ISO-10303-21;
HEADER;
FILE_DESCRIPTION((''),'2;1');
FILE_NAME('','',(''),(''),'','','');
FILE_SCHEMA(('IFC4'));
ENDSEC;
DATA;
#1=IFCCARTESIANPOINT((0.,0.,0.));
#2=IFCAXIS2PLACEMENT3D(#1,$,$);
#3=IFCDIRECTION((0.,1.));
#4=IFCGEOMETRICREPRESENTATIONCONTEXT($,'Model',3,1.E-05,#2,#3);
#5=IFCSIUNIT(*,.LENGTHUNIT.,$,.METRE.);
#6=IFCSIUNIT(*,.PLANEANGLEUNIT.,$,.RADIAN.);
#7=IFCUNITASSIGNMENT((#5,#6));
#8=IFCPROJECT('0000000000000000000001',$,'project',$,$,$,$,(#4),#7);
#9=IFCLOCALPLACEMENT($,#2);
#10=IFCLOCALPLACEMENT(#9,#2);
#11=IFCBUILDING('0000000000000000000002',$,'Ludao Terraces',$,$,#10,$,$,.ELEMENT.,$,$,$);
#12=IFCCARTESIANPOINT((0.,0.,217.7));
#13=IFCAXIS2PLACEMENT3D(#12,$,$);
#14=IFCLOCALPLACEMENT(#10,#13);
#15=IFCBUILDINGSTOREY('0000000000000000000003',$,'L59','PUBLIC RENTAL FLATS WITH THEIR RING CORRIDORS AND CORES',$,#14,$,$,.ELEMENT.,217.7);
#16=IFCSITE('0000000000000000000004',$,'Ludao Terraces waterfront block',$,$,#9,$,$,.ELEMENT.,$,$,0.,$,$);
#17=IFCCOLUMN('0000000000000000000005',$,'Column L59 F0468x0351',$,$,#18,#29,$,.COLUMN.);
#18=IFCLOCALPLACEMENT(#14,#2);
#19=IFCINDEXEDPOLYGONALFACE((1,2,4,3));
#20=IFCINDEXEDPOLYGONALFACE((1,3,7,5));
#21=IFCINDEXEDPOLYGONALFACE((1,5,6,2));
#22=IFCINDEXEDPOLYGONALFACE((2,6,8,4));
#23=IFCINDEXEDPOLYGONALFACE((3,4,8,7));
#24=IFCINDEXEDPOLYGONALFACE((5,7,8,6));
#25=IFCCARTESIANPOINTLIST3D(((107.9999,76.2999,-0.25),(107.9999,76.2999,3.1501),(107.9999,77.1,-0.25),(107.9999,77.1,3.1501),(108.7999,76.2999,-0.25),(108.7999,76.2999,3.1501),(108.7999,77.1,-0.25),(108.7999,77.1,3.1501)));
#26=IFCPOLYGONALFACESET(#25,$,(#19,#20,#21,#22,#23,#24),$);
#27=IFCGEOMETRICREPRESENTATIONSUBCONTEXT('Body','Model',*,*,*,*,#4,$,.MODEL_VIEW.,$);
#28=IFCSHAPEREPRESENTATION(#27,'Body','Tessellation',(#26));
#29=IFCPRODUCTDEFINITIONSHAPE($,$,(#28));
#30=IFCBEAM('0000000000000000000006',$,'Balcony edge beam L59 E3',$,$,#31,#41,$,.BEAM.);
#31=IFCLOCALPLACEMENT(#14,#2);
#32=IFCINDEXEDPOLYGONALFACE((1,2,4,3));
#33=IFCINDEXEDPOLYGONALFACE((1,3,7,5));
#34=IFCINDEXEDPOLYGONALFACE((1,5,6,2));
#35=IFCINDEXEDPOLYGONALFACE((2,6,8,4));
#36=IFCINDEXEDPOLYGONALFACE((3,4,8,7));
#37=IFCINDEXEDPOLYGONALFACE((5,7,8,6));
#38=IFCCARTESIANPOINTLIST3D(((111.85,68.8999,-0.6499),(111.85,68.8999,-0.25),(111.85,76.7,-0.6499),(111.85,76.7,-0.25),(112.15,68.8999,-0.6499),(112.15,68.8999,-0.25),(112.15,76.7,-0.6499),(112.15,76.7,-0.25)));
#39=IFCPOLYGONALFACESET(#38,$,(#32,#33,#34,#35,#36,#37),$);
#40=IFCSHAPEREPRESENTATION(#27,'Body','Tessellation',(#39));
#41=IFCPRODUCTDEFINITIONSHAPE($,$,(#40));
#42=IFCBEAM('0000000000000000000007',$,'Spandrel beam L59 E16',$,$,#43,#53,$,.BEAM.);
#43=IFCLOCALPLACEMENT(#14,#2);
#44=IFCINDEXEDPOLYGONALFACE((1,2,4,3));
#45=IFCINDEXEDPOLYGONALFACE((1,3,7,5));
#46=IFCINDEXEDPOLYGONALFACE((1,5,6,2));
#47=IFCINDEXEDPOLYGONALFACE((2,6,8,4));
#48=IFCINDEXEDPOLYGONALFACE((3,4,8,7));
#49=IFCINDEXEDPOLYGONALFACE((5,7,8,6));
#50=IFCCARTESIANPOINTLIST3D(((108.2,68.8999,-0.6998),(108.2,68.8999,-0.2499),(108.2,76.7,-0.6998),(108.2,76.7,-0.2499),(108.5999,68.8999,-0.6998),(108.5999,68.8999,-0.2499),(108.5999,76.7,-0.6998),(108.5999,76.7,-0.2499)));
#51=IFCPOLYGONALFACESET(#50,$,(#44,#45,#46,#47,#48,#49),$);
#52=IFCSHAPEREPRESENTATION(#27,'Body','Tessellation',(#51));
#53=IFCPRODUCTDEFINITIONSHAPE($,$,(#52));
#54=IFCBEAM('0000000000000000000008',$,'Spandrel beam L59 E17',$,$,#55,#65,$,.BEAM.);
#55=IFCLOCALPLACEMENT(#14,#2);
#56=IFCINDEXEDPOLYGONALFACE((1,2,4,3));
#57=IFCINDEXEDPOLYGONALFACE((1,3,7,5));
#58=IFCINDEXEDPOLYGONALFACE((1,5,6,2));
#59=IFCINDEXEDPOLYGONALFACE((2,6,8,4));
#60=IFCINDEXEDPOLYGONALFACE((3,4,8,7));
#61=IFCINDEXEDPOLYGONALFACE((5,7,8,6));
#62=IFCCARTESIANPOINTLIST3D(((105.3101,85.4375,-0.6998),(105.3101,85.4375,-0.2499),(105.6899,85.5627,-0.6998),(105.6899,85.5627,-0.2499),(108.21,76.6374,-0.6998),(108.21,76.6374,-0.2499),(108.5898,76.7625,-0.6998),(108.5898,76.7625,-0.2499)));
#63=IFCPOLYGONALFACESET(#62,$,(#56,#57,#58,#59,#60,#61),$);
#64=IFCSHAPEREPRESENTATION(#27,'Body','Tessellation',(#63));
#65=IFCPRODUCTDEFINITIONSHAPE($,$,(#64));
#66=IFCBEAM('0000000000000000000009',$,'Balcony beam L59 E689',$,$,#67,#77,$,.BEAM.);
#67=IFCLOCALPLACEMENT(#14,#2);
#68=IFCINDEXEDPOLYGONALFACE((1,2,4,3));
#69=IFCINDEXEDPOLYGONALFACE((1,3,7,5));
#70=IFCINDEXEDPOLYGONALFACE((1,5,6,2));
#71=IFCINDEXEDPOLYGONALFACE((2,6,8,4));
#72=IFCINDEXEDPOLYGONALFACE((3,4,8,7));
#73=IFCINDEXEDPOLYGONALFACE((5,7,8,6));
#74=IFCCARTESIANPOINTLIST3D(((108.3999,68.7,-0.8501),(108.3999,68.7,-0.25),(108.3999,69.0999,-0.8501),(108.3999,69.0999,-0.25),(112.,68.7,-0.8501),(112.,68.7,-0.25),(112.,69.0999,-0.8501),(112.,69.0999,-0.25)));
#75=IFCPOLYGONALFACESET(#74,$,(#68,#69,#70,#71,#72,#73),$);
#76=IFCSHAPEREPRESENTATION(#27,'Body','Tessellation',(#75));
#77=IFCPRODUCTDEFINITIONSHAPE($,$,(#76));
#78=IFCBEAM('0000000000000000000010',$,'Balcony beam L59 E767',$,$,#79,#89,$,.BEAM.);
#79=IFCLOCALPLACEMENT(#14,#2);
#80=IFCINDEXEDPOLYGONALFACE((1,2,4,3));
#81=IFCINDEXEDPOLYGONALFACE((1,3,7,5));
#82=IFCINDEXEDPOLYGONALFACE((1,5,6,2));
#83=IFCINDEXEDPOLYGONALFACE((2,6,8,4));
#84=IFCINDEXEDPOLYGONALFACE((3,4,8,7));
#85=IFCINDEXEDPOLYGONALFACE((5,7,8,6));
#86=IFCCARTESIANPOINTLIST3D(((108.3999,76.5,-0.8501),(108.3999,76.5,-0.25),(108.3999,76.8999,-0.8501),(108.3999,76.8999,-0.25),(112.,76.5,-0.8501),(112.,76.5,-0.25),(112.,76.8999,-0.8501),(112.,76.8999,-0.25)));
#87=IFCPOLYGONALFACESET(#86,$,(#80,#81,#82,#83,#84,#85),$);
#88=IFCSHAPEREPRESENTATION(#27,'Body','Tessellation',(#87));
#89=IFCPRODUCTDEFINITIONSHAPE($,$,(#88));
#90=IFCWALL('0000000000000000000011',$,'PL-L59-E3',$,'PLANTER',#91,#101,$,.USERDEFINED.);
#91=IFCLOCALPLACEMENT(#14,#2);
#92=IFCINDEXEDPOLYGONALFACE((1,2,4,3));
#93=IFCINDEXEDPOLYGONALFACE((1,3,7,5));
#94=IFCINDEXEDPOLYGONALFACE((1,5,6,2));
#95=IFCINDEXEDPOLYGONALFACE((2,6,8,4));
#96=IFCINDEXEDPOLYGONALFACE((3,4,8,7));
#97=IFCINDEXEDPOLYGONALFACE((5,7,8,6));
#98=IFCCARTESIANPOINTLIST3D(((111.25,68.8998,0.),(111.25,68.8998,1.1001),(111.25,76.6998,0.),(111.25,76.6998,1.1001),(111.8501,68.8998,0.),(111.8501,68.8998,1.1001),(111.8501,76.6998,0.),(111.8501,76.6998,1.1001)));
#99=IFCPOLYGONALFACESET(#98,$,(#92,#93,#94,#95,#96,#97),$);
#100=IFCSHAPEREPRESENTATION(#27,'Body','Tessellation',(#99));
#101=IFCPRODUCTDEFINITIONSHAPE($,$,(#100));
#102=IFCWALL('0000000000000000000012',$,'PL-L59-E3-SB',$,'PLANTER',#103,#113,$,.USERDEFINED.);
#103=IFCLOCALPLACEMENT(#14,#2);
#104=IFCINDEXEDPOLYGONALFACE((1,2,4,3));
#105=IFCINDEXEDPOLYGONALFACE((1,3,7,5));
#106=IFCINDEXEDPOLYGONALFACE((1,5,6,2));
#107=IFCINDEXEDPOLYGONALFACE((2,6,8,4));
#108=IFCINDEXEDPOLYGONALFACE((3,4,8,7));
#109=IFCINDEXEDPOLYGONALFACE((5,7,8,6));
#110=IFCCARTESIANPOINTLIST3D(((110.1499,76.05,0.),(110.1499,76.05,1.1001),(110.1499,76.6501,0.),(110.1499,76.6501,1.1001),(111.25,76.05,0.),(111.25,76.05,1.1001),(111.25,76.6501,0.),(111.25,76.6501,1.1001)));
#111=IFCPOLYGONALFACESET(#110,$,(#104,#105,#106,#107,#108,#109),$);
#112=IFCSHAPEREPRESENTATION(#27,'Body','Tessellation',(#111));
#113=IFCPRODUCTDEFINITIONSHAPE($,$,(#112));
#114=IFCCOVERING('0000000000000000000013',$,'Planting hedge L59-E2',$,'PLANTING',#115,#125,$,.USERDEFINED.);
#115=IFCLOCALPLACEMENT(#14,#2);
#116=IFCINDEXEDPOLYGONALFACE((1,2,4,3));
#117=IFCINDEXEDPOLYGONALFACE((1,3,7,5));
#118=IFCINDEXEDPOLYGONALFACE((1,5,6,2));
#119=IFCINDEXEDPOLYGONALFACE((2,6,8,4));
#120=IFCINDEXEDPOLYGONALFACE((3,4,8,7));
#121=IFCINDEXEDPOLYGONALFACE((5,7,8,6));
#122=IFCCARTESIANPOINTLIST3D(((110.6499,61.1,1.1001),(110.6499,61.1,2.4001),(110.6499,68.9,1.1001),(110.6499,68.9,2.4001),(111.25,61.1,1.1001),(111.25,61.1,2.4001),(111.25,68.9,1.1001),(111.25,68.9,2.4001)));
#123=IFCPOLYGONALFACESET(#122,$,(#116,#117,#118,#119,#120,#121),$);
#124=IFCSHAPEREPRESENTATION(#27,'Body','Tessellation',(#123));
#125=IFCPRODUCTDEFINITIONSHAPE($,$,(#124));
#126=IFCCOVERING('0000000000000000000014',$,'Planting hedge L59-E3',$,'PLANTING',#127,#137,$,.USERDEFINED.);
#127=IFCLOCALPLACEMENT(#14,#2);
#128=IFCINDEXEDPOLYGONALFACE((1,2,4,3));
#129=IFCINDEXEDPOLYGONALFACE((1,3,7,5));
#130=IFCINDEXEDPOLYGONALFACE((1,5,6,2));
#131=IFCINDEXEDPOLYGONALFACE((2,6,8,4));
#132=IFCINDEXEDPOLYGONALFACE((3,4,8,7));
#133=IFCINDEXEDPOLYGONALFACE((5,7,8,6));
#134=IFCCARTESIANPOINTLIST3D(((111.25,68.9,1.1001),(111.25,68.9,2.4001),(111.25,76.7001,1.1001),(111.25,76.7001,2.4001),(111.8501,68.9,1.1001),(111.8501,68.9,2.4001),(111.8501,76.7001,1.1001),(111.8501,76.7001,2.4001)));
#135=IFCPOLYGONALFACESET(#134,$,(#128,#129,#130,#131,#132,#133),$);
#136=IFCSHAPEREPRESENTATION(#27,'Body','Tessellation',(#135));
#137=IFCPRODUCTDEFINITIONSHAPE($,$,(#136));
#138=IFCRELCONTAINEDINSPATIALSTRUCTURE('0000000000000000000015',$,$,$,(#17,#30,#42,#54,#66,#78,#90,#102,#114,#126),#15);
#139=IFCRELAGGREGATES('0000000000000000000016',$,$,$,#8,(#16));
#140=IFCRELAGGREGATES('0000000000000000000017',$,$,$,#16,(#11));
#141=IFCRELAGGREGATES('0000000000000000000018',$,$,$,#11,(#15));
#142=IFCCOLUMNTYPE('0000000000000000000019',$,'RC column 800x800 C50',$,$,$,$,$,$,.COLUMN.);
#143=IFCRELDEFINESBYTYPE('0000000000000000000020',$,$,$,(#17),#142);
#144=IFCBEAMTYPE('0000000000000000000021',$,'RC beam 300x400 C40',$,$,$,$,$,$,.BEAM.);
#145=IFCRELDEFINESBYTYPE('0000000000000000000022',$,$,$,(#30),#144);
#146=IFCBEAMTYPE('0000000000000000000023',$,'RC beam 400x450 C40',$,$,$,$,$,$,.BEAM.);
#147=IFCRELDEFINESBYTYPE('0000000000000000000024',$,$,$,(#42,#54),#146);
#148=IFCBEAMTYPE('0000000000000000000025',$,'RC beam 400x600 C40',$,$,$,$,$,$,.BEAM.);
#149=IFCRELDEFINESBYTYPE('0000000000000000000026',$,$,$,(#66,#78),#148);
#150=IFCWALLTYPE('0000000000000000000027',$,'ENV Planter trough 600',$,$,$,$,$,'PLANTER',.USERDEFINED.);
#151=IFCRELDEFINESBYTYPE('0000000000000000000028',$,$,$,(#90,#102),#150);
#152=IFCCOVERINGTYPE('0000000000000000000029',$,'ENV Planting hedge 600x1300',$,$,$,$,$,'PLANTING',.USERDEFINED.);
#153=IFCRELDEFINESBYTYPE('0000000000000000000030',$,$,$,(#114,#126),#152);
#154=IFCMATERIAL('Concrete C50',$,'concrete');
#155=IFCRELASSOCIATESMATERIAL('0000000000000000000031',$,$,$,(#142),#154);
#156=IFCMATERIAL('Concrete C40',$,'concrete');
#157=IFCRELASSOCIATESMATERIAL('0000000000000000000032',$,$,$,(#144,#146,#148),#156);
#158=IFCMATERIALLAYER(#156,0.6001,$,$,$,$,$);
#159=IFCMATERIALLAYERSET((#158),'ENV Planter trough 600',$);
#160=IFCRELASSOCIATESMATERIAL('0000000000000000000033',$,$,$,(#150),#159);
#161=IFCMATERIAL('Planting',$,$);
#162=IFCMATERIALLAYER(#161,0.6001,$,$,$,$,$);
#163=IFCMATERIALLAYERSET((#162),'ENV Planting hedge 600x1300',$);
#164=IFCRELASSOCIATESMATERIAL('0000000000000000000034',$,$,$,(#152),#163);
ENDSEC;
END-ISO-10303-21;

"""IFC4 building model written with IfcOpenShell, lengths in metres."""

from ifc_helpers import new_model, si_unit, direction, frame, frame_2d, origin, origin_2d, place, context, subcontext, project, spatial, rectangle, extrude, material, layer, layer_set, material_profile, profile_set, type_object, element, save


model = new_model("IFC4")

# Units and contexts
model_context = context("Model", 3, precision=1e-05, world=origin(), true_north=direction((0.0, 1.0)))
body_context = subcontext(model_context, "Body", "Model", "MODEL_VIEW")
ifc_project = project(units=[si_unit("LENGTHUNIT", "METRE"), si_unit("PLANEANGLEUNIT", "RADIAN")], contexts=[model_context])

# Site, building, storey
site_placement = place(None, origin())
site = spatial("IfcSite", under=ifc_project, at=site_placement, Name="Ludao Terraces waterfront block", CompositionType="ELEMENT", RefElevation=0.0)
building_placement = place(site_placement, origin())
building = spatial("IfcBuilding", under=site, at=building_placement, Name="Ludao Terraces", CompositionType="ELEMENT")
storey_placement = place(building_placement, frame((0.0, 0.0, 217.7)))
storey = spatial("IfcBuildingStorey", under=building, at=storey_placement, Name="L59", Description="PUBLIC RENTAL FLATS WITH THEIR RING CORRIDORS AND CORES", CompositionType="ELEMENT", Elevation=217.7)

# Column
ifc_material_1 = material(Name="Concrete C50", Category="concrete")
ifc_material_profile_1 = material_profile(ifc_material_1, rectangle(XDim=0.8, YDim=0.8, at=origin_2d()), Name="800 X 800")
ifc_profile_set_1 = profile_set([ifc_material_profile_1], Name="Concrete C50")
column_type = type_object("IfcColumnType", Name="RC column 800x800 C50", PredefinedType="COLUMN", material=ifc_profile_set_1)
column_placement = place(storey_placement, frame((108.3999, 76.7, -0.25), z_axis=(0.0, 0.0, 1.0), x_axis=(1.0, 0.0, 0.0)))
element("IfcColumn", 1, at=column_placement, inside=storey, type_object=column_type, Name="Column L59 F0468x0351", PredefinedType="COLUMN", context=body_context, shape_type="SweptSolid", body=[
    extrude(rectangle(XDim=0.8, YDim=0.8, at=origin_2d()), origin(), (0.0, 0.0, 1.0), 3.4001),
])

# Beams
ifc_material_2 = material(Name="Concrete C40", Category="concrete")
ifc_material_profile_2 = material_profile(ifc_material_2, rectangle(XDim=0.3, YDim=0.3999, at=origin_2d()), Name="300 X 400")
ifc_profile_set_2 = profile_set([ifc_material_profile_2], Name="Concrete C40")
beam_type_1 = type_object("IfcBeamType", Name="RC beam 300x400 C40", PredefinedType="BEAM", material=ifc_profile_set_2)
beam_1_placement = place(storey_placement, frame((112.0, 68.8999, -0.45), z_axis=(0.0, 1.0, 0.0), x_axis=(-1.0, 0.0, 0.0)))
element("IfcBeam", 2, at=beam_1_placement, inside=storey, type_object=beam_type_1, Name="Balcony edge beam L59 E3", PredefinedType="BEAM", context=body_context, shape_type="SweptSolid", body=[
    extrude(rectangle(XDim=0.3, YDim=0.3999, at=origin_2d()), origin(), (0.0, 0.0, 1.0), 7.8),
])
ifc_material_profile_3 = material_profile(ifc_material_2, rectangle(XDim=0.3999, YDim=0.45, at=origin_2d()), Name="400 X 450")
ifc_profile_set_3 = profile_set([ifc_material_profile_3], Name="Concrete C40")
beam_type_2 = type_object("IfcBeamType", Name="RC beam 400x450 C40", PredefinedType="BEAM", material=ifc_profile_set_3)
beam_2_placement = place(storey_placement, frame((108.3999, 68.8999, -0.4749), z_axis=(0.0, 1.0, 0.0), x_axis=(-1.0, 0.0, 0.0)))
element("IfcBeam", 3, at=beam_2_placement, inside=storey, type_object=beam_type_2, Name="Spandrel beam L59 E16", PredefinedType="BEAM", context=body_context, shape_type="SweptSolid", body=[
    extrude(rectangle(XDim=0.3999, YDim=0.45, at=origin_2d()), origin(), (0.0, 0.0, 1.0), 7.8),
])
beam_3_placement = place(storey_placement, frame((108.3999, 76.7, -0.4749), z_axis=(-0.312977, 0.949761, 0.0), x_axis=(-0.949761, -0.312977, 0.0)))
element("IfcBeam", 4, at=beam_3_placement, inside=storey, type_object=beam_type_2, Name="Spandrel beam L59 E17", PredefinedType="BEAM", context=body_context, shape_type="SweptSolid", body=[
    extrude(rectangle(XDim=0.3999, YDim=0.45, at=origin_2d()), origin(), (0.0, 0.0, 1.0), 9.2656),
])
ifc_material_profile_4 = material_profile(ifc_material_2, rectangle(XDim=0.3999, YDim=0.6001, at=origin_2d()), Name="400 X 600")
ifc_profile_set_4 = profile_set([ifc_material_profile_4], Name="Concrete C40")
beam_type_3 = type_object("IfcBeamType", Name="RC beam 400x600 C40", PredefinedType="BEAM", material=ifc_profile_set_4)
for number, where, z_axis, x_axis, name in (
    (5, (108.3999, 68.8999, -0.55), (1.0, 0.0, 0.0), (0.0, 1.0, 0.0), "Balcony beam L59 E689"),
    (6, (108.3999, 76.7, -0.55), (1.0, 0.0, 0.0), (0.0, 1.0, 0.0), "Balcony beam L59 E767"),
):
    element("IfcBeam", number, at=place(storey_placement, frame(where, z_axis=z_axis, x_axis=x_axis)), inside=storey, type_object=beam_type_3, Name=name, PredefinedType="BEAM", context=body_context, shape_type="SweptSolid", body=[
        extrude(rectangle(XDim=0.3999, YDim=0.6001, at=origin_2d()), origin(), (0.0, 0.0, 1.0), 3.6001),
    ])

# Walls
ifc_layer_1 = layer(ifc_material_2, 0.6001)
ifc_layer_set_1 = layer_set([ifc_layer_1], Name="ENV Planter trough 600")
wall_type = type_object("IfcWallType", Name="ENV Planter trough 600", ElementType="PLANTER", PredefinedType="USERDEFINED", material=ifc_layer_set_1)
wall_1_placement = place(storey_placement, frame((111.55, 68.8999, 0.0), z_axis=(0.0, 0.0, 1.0), x_axis=(0.0, 1.0, 0.0)))
element("IfcWall", 7, at=wall_1_placement, inside=storey, type_object=wall_type, Name="PL-L59-E3", ObjectType="PLANTER", PredefinedType="USERDEFINED", context=body_context, shape_type="SweptSolid", body=[
    extrude(rectangle(XDim=7.8, YDim=0.6001, at=frame_2d((3.8999, 0.0))), origin(), (0.0, 0.0, 1.0), 1.1001),
])
wall_2_placement = place(storey_placement, frame((111.25, 76.3501, 0.0), z_axis=(0.0, 0.0, 1.0), x_axis=(-1.0, 0.0, 0.0)))
element("IfcWall", 8, at=wall_2_placement, inside=storey, type_object=wall_type, Name="PL-L59-E3-SB", ObjectType="PLANTER", PredefinedType="USERDEFINED", context=body_context, shape_type="SweptSolid", body=[
    extrude(rectangle(XDim=1.1001, YDim=0.6001, at=frame_2d((0.55, 0.0))), origin(), (0.0, 0.0, 1.0), 1.1001),
])

# Coverings
ifc_material_3 = material(Name="Planting")
ifc_layer_2 = layer(ifc_material_3, 0.6001)
ifc_layer_set_2 = layer_set([ifc_layer_2], Name="ENV Planting hedge 600x1300")
covering_type = type_object("IfcCoveringType", Name="ENV Planting hedge 600x1300", ElementType="PLANTING", PredefinedType="USERDEFINED", material=ifc_layer_set_2)
for number, where, z_axis, x_axis, name in (
    (9, (110.95, 65.0, 1.1001), (0.0, 0.0, 1.0), (1.0, 0.0, 0.0), "Planting hedge L59-E2"),
    (10, (111.55, 72.8, 1.1001), (0.0, 0.0, 1.0), (1.0, 0.0, 0.0), "Planting hedge L59-E3"),
):
    element("IfcCovering", number, at=place(storey_placement, frame(where, z_axis=z_axis, x_axis=x_axis)), inside=storey, type_object=covering_type, Name=name, ObjectType="PLANTING", PredefinedType="USERDEFINED", context=body_context, shape_type="SweptSolid", body=[
        extrude(rectangle(XDim=0.6001, YDim=7.8, at=origin_2d()), origin(), (0.0, 0.0, 1.0), 1.3),
    ])

save(model, "model.ifc")
